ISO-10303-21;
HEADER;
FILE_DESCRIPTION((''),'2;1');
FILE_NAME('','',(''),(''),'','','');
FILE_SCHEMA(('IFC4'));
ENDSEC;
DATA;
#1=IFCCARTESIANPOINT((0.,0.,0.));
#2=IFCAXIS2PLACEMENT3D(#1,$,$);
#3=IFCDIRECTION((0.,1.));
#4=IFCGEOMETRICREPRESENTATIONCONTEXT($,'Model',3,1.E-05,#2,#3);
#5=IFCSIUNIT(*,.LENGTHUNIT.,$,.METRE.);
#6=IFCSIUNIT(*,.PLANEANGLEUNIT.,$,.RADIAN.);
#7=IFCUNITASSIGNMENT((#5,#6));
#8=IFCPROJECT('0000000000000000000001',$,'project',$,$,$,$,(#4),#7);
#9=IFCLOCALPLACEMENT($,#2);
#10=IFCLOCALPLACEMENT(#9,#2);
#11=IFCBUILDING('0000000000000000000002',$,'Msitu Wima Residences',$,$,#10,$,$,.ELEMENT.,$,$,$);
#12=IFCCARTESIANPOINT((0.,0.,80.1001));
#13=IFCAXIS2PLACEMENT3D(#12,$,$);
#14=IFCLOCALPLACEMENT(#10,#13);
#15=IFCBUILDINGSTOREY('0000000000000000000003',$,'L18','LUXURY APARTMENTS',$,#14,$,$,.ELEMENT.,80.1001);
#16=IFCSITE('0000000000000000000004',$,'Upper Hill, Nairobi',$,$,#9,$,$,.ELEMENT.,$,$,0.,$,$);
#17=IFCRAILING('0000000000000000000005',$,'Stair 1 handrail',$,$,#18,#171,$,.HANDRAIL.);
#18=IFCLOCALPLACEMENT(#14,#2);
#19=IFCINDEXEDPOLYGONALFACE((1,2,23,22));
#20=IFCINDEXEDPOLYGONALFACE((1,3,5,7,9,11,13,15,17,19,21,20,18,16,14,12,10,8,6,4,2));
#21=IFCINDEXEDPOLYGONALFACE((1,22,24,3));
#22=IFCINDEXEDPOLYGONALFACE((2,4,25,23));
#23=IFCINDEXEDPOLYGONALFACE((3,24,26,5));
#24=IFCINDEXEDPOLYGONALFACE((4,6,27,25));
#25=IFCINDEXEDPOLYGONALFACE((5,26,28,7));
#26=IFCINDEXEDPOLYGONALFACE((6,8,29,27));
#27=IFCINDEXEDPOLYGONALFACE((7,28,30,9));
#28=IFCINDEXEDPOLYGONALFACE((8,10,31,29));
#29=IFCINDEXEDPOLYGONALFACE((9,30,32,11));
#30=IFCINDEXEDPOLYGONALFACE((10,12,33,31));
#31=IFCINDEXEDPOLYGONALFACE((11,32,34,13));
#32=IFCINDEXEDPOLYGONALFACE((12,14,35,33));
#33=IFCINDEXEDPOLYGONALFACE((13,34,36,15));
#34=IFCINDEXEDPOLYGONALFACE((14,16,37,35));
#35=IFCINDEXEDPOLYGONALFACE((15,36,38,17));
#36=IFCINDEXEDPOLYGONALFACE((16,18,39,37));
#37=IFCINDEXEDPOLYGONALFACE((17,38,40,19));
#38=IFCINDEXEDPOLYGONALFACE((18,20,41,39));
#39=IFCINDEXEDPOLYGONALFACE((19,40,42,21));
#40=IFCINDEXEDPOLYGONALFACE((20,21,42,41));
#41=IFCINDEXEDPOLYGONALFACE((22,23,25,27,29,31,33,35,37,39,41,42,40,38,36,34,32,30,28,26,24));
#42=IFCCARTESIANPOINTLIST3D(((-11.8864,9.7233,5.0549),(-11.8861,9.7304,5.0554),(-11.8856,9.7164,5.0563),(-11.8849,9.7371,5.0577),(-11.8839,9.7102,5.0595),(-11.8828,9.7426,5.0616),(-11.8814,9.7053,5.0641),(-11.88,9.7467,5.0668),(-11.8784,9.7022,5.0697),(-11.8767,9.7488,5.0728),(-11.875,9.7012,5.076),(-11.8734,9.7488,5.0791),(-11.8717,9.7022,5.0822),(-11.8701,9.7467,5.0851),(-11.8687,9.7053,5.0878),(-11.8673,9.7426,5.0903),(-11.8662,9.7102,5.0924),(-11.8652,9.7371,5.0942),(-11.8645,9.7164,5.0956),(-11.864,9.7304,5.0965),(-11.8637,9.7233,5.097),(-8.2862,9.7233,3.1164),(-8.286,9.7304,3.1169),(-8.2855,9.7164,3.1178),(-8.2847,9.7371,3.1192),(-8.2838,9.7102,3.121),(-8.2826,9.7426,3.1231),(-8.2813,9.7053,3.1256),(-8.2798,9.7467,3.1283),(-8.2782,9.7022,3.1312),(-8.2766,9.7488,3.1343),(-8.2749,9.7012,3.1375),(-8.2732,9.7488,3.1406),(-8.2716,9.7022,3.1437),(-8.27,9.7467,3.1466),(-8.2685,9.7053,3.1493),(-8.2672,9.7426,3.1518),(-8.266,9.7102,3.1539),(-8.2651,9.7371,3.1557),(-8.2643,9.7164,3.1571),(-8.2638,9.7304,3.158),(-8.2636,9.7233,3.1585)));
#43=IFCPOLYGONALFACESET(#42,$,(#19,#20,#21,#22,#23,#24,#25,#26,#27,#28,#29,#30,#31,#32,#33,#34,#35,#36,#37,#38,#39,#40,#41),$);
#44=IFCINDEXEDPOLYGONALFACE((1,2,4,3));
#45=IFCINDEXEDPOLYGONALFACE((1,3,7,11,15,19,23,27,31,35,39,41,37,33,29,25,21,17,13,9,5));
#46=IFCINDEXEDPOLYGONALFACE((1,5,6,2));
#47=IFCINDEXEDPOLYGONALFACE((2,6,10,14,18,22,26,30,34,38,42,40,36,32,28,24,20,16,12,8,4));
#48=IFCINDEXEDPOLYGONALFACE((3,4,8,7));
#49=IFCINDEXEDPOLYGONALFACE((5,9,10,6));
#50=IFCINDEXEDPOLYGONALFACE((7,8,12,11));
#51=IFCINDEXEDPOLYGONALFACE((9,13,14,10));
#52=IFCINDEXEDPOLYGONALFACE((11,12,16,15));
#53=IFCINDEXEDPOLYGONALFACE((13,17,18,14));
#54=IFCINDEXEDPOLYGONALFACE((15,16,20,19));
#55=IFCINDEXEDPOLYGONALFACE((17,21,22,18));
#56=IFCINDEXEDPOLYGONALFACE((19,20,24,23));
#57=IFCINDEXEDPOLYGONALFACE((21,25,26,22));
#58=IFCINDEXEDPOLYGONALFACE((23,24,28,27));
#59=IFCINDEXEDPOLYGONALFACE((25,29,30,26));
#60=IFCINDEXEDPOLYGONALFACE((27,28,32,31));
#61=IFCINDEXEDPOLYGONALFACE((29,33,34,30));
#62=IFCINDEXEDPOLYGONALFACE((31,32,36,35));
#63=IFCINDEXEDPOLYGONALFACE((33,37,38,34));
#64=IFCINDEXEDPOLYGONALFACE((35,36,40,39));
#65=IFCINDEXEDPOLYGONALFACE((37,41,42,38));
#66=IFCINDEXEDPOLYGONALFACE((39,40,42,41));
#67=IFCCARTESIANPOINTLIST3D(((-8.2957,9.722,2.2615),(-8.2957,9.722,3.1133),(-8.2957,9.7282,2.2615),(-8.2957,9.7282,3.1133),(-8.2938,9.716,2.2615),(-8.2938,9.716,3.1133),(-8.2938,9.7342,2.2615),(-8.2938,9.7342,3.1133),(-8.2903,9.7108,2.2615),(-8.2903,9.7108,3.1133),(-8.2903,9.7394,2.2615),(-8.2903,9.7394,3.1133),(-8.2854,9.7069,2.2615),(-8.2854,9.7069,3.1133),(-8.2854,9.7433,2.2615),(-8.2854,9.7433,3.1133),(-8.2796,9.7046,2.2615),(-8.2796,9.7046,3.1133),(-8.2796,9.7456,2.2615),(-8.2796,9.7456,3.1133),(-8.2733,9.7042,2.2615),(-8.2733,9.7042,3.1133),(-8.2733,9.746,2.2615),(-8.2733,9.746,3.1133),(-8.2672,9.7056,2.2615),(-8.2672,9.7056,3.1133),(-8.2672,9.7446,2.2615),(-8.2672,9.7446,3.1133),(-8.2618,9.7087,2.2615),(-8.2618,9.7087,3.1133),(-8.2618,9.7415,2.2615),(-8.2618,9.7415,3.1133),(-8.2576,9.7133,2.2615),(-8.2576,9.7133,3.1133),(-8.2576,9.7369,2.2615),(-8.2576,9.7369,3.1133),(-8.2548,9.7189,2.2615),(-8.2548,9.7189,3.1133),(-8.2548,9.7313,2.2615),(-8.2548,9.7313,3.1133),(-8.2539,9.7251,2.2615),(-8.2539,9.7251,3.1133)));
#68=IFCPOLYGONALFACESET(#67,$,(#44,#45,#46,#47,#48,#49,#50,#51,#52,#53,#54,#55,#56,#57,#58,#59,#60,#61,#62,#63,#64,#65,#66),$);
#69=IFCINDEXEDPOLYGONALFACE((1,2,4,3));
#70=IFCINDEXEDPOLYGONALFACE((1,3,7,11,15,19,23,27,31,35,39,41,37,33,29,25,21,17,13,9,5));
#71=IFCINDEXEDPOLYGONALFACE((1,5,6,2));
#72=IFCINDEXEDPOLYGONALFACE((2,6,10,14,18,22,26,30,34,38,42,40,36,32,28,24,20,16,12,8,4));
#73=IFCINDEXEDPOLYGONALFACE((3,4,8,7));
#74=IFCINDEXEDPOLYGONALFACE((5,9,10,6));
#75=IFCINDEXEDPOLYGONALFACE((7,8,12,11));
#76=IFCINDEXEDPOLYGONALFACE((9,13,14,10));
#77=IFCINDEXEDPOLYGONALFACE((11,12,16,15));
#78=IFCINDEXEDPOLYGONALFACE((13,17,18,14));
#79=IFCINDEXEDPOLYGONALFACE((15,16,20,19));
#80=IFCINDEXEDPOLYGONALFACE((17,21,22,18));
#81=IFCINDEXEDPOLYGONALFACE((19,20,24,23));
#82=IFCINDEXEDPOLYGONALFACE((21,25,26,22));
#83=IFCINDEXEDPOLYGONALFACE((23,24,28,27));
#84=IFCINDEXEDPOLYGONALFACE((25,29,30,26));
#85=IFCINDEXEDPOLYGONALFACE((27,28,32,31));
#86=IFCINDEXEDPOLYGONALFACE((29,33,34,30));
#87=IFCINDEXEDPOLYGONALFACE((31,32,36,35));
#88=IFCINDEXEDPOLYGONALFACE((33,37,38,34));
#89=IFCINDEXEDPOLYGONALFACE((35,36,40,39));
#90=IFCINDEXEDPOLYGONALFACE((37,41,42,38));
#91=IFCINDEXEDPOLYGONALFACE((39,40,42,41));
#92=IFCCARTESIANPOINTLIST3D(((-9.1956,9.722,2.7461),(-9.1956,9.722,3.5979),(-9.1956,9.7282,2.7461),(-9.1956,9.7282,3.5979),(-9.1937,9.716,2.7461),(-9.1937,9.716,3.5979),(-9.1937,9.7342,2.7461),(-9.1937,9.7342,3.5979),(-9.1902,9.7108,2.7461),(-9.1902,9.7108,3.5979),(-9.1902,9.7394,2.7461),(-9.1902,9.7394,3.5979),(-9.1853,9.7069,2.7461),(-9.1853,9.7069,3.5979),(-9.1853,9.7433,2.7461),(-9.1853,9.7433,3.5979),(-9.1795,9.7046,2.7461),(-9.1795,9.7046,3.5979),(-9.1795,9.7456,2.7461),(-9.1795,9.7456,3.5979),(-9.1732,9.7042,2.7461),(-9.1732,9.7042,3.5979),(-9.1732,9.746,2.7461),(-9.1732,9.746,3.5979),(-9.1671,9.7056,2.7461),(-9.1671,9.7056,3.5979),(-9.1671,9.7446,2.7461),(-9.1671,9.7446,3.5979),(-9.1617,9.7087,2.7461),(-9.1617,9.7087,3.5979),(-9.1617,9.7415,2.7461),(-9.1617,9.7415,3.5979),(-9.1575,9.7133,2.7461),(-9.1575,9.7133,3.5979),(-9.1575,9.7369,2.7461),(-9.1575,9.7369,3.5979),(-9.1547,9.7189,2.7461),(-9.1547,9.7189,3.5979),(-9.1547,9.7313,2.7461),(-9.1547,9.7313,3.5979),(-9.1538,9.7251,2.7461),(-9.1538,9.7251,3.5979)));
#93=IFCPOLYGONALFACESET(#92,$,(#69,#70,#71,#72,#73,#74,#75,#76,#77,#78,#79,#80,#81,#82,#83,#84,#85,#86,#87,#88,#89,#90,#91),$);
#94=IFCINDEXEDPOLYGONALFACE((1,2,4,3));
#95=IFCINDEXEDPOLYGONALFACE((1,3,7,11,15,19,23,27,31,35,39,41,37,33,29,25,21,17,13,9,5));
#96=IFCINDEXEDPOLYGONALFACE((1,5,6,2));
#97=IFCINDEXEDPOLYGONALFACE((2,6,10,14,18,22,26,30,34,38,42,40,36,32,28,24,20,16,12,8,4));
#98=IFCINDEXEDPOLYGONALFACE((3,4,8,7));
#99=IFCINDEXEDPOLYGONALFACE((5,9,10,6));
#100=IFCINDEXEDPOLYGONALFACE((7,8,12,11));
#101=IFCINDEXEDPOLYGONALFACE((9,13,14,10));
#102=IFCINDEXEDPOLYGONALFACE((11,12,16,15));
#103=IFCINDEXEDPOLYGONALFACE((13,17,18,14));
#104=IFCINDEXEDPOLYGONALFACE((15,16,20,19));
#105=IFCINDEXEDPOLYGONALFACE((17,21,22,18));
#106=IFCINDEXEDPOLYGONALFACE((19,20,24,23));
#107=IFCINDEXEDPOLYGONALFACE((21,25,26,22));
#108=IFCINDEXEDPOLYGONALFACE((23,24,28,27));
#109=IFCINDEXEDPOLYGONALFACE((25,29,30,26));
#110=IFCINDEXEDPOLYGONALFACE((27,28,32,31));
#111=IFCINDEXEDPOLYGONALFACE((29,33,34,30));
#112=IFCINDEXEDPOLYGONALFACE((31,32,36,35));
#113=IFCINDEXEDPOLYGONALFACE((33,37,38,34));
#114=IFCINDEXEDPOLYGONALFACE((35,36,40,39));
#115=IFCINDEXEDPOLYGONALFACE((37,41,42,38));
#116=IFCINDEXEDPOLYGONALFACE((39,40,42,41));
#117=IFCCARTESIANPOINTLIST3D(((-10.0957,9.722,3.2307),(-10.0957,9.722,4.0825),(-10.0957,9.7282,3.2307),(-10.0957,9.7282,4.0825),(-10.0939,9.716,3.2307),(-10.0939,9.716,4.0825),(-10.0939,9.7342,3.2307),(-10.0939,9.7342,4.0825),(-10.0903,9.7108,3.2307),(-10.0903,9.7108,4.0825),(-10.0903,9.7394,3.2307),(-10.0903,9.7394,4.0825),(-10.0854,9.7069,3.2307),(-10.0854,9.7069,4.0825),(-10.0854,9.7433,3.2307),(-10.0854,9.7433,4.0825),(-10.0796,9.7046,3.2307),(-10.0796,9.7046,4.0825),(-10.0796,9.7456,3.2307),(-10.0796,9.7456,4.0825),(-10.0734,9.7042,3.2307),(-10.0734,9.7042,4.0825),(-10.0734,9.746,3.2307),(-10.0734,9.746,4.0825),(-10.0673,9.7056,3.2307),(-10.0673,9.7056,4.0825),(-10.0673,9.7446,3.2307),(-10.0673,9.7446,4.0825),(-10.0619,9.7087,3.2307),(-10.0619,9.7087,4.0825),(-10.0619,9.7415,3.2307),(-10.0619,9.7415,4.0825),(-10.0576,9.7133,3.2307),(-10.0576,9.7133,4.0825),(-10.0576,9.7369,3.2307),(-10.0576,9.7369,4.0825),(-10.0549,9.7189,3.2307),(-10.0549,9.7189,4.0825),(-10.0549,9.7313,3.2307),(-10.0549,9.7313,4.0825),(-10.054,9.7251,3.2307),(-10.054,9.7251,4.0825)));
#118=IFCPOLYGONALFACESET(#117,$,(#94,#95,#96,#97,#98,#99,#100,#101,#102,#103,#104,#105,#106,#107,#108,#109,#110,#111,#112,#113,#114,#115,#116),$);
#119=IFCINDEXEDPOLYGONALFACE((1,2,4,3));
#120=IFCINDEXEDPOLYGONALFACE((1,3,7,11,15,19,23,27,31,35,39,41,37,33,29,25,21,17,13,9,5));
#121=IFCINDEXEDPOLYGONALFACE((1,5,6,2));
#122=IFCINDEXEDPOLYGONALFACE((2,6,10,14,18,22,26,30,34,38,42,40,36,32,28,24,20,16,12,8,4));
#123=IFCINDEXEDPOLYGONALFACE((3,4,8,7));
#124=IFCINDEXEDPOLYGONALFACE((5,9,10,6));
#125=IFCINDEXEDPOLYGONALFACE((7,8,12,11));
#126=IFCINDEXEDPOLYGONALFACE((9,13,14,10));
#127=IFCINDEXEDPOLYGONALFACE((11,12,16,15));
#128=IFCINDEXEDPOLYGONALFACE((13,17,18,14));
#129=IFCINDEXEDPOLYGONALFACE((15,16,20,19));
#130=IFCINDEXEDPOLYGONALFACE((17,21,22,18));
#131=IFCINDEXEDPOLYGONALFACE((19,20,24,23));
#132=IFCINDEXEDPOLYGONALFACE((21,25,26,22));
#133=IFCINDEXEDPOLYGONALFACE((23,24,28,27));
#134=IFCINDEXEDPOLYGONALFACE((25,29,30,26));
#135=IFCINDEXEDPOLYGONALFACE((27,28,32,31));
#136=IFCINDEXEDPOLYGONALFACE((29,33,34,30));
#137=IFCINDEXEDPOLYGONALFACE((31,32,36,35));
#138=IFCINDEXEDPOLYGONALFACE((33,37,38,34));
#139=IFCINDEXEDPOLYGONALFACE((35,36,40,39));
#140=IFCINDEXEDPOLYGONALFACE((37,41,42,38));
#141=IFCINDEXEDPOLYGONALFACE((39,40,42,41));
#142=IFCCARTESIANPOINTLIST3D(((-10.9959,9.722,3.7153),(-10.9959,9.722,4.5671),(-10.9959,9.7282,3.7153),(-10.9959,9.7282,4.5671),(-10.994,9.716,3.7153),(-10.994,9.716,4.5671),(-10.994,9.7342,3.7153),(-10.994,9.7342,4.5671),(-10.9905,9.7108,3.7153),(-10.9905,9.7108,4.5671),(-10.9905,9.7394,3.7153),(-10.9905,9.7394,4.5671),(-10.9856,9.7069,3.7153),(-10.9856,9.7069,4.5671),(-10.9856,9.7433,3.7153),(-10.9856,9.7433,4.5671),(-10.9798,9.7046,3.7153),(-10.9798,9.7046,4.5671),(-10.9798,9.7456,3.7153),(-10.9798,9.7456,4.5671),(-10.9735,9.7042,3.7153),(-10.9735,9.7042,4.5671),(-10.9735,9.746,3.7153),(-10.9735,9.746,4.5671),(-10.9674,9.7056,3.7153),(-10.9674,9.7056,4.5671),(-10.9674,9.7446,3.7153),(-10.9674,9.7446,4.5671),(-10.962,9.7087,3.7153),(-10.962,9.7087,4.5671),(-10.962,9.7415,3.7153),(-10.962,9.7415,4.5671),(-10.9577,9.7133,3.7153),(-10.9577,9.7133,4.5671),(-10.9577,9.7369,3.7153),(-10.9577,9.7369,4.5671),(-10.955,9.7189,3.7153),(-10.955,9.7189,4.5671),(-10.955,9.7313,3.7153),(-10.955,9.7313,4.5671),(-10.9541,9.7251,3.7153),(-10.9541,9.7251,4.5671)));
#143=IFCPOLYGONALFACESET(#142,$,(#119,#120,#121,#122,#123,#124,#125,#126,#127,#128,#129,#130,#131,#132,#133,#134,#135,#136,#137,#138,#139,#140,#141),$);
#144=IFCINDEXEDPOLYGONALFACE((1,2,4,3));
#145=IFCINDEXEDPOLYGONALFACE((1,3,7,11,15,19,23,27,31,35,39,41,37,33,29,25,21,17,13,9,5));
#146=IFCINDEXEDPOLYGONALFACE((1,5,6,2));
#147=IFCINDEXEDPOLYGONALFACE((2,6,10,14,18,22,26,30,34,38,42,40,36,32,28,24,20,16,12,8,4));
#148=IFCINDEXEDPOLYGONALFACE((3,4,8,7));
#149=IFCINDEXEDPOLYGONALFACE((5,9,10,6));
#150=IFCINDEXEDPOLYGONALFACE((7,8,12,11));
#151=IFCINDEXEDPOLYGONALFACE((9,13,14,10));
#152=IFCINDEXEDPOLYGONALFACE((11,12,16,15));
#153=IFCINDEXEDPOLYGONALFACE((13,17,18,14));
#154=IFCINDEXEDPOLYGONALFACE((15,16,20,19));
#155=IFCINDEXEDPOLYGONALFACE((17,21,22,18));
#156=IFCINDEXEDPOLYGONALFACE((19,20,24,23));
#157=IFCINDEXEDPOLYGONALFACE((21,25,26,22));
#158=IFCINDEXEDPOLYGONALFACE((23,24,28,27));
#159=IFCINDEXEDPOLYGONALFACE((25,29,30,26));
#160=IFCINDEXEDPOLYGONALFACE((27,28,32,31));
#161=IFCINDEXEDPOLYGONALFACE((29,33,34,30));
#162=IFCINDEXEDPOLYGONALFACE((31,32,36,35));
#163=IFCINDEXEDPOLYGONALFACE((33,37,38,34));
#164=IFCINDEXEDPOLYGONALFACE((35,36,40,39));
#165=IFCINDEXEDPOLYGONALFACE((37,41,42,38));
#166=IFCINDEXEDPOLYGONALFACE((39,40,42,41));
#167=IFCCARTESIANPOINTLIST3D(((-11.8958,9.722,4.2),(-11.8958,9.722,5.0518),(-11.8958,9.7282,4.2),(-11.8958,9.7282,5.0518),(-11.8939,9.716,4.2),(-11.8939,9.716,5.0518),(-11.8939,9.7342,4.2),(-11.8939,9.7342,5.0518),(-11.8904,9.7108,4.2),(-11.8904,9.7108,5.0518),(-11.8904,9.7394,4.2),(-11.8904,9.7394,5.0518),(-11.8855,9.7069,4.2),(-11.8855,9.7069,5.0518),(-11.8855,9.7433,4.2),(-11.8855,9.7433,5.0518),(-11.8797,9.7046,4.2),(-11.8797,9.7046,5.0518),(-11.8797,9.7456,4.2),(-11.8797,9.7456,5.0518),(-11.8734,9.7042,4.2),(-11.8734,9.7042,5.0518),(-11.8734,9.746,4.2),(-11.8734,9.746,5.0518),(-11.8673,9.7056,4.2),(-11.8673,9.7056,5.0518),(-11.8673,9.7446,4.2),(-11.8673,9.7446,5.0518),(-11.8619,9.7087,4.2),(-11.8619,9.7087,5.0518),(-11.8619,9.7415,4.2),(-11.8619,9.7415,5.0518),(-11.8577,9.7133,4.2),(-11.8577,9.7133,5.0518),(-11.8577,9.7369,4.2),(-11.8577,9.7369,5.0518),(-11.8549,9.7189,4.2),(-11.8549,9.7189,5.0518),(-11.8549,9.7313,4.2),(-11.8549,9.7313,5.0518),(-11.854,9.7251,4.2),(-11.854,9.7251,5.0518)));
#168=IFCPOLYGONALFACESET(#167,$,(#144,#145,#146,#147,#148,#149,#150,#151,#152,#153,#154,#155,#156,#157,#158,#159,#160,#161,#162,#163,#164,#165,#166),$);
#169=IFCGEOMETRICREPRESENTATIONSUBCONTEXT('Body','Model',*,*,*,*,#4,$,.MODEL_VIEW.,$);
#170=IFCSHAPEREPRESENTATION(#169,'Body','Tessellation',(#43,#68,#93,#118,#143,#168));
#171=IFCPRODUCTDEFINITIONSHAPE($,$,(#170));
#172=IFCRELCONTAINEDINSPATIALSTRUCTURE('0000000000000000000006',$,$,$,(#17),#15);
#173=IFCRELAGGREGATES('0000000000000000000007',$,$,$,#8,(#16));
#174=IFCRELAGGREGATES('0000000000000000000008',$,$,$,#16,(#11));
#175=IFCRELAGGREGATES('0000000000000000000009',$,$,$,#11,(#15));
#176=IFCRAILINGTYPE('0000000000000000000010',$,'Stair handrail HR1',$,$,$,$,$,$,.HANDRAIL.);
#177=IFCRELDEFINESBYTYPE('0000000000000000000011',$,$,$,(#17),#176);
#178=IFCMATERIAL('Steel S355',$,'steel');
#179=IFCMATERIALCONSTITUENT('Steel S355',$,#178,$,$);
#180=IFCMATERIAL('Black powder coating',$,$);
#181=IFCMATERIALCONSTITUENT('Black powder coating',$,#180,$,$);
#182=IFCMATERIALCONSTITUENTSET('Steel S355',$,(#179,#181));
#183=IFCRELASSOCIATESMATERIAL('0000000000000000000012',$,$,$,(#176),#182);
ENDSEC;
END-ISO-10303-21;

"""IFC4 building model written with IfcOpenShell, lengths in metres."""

from ifc_helpers import new_model, si_unit, direction, frame, origin, origin_2d, place, context, subcontext, project, spatial, circle, extrude, material, constituent, constituent_set, type_object, element, save


model = new_model("IFC4")

# Units and contexts
model_context = context("Model", 3, precision=1e-05, world=origin(), true_north=direction((0.0, 1.0)))
body_context = subcontext(model_context, "Body", "Model", "MODEL_VIEW")
ifc_project = project(units=[si_unit("LENGTHUNIT", "METRE"), si_unit("PLANEANGLEUNIT", "RADIAN")], contexts=[model_context])

# Site, building, storey
site_placement = place(None, origin())
site = spatial("IfcSite", under=ifc_project, at=site_placement, Name="Upper Hill, Nairobi", CompositionType="ELEMENT", RefElevation=0.0)
building_placement = place(site_placement, origin())
building = spatial("IfcBuilding", under=site, at=building_placement, Name="Msitu Wima Residences", CompositionType="ELEMENT")
storey_placement = place(building_placement, frame((0.0, 0.0, 80.1001)))
storey = spatial("IfcBuildingStorey", under=building, at=storey_placement, Name="L18", Description="LUXURY APARTMENTS", CompositionType="ELEMENT", Elevation=80.1001)

# Railing
ifc_material_1 = material(Name="Steel S355", Category="steel")
ifc_constituent_1 = constituent(ifc_material_1, Name="Steel S355")
ifc_material_2 = material(Name="Black powder coating")
ifc_constituent_2 = constituent(ifc_material_2, Name="Black powder coating")
ifc_constituent_set = constituent_set(constituents=[ifc_constituent_1, ifc_constituent_2], Name="Steel S355")
railing_type = type_object("IfcRailingType", Name="Stair handrail HR1", PredefinedType="HANDRAIL", material=ifc_constituent_set)
railing_placement = place(storey_placement, frame((-8.2749, 9.7251, 2.2615)))
element("IfcRailing", 1, at=railing_placement, inside=storey, type_object=railing_type, Name="Stair 1 handrail", PredefinedType="HANDRAIL", context=body_context, shape_type="SweptSolid", body=[
    extrude(circle(Radius=0.0239, at=origin_2d()), frame((0.0, 0.0, 0.876), z_axis=(-0.880475, 0.0, 0.474093), x_axis=(0.0, -1.0, 0.0)), (0.0, 0.0, 1.0), 4.0889),
    extrude(circle(Radius=0.021, at=origin_2d()), origin(), (0.0, 0.0, 1.0), 0.8518),
    extrude(circle(Radius=0.021, at=origin_2d()), frame((-0.8999, 0.0, 0.4846)), (0.0, 0.0, 1.0), 0.8518),
    extrude(circle(Radius=0.021, at=origin_2d()), frame((-1.8, 0.0, 0.9692)), (0.0, 0.0, 1.0), 0.8518),
    extrude(circle(Radius=0.021, at=origin_2d()), frame((-2.7002, 0.0, 1.4539)), (0.0, 0.0, 1.0), 0.8518),
    extrude(circle(Radius=0.021, at=origin_2d()), frame((-3.6001, 0.0, 1.9385)), (0.0, 0.0, 1.0), 0.8518),
])

save(model, "model.ifc")
